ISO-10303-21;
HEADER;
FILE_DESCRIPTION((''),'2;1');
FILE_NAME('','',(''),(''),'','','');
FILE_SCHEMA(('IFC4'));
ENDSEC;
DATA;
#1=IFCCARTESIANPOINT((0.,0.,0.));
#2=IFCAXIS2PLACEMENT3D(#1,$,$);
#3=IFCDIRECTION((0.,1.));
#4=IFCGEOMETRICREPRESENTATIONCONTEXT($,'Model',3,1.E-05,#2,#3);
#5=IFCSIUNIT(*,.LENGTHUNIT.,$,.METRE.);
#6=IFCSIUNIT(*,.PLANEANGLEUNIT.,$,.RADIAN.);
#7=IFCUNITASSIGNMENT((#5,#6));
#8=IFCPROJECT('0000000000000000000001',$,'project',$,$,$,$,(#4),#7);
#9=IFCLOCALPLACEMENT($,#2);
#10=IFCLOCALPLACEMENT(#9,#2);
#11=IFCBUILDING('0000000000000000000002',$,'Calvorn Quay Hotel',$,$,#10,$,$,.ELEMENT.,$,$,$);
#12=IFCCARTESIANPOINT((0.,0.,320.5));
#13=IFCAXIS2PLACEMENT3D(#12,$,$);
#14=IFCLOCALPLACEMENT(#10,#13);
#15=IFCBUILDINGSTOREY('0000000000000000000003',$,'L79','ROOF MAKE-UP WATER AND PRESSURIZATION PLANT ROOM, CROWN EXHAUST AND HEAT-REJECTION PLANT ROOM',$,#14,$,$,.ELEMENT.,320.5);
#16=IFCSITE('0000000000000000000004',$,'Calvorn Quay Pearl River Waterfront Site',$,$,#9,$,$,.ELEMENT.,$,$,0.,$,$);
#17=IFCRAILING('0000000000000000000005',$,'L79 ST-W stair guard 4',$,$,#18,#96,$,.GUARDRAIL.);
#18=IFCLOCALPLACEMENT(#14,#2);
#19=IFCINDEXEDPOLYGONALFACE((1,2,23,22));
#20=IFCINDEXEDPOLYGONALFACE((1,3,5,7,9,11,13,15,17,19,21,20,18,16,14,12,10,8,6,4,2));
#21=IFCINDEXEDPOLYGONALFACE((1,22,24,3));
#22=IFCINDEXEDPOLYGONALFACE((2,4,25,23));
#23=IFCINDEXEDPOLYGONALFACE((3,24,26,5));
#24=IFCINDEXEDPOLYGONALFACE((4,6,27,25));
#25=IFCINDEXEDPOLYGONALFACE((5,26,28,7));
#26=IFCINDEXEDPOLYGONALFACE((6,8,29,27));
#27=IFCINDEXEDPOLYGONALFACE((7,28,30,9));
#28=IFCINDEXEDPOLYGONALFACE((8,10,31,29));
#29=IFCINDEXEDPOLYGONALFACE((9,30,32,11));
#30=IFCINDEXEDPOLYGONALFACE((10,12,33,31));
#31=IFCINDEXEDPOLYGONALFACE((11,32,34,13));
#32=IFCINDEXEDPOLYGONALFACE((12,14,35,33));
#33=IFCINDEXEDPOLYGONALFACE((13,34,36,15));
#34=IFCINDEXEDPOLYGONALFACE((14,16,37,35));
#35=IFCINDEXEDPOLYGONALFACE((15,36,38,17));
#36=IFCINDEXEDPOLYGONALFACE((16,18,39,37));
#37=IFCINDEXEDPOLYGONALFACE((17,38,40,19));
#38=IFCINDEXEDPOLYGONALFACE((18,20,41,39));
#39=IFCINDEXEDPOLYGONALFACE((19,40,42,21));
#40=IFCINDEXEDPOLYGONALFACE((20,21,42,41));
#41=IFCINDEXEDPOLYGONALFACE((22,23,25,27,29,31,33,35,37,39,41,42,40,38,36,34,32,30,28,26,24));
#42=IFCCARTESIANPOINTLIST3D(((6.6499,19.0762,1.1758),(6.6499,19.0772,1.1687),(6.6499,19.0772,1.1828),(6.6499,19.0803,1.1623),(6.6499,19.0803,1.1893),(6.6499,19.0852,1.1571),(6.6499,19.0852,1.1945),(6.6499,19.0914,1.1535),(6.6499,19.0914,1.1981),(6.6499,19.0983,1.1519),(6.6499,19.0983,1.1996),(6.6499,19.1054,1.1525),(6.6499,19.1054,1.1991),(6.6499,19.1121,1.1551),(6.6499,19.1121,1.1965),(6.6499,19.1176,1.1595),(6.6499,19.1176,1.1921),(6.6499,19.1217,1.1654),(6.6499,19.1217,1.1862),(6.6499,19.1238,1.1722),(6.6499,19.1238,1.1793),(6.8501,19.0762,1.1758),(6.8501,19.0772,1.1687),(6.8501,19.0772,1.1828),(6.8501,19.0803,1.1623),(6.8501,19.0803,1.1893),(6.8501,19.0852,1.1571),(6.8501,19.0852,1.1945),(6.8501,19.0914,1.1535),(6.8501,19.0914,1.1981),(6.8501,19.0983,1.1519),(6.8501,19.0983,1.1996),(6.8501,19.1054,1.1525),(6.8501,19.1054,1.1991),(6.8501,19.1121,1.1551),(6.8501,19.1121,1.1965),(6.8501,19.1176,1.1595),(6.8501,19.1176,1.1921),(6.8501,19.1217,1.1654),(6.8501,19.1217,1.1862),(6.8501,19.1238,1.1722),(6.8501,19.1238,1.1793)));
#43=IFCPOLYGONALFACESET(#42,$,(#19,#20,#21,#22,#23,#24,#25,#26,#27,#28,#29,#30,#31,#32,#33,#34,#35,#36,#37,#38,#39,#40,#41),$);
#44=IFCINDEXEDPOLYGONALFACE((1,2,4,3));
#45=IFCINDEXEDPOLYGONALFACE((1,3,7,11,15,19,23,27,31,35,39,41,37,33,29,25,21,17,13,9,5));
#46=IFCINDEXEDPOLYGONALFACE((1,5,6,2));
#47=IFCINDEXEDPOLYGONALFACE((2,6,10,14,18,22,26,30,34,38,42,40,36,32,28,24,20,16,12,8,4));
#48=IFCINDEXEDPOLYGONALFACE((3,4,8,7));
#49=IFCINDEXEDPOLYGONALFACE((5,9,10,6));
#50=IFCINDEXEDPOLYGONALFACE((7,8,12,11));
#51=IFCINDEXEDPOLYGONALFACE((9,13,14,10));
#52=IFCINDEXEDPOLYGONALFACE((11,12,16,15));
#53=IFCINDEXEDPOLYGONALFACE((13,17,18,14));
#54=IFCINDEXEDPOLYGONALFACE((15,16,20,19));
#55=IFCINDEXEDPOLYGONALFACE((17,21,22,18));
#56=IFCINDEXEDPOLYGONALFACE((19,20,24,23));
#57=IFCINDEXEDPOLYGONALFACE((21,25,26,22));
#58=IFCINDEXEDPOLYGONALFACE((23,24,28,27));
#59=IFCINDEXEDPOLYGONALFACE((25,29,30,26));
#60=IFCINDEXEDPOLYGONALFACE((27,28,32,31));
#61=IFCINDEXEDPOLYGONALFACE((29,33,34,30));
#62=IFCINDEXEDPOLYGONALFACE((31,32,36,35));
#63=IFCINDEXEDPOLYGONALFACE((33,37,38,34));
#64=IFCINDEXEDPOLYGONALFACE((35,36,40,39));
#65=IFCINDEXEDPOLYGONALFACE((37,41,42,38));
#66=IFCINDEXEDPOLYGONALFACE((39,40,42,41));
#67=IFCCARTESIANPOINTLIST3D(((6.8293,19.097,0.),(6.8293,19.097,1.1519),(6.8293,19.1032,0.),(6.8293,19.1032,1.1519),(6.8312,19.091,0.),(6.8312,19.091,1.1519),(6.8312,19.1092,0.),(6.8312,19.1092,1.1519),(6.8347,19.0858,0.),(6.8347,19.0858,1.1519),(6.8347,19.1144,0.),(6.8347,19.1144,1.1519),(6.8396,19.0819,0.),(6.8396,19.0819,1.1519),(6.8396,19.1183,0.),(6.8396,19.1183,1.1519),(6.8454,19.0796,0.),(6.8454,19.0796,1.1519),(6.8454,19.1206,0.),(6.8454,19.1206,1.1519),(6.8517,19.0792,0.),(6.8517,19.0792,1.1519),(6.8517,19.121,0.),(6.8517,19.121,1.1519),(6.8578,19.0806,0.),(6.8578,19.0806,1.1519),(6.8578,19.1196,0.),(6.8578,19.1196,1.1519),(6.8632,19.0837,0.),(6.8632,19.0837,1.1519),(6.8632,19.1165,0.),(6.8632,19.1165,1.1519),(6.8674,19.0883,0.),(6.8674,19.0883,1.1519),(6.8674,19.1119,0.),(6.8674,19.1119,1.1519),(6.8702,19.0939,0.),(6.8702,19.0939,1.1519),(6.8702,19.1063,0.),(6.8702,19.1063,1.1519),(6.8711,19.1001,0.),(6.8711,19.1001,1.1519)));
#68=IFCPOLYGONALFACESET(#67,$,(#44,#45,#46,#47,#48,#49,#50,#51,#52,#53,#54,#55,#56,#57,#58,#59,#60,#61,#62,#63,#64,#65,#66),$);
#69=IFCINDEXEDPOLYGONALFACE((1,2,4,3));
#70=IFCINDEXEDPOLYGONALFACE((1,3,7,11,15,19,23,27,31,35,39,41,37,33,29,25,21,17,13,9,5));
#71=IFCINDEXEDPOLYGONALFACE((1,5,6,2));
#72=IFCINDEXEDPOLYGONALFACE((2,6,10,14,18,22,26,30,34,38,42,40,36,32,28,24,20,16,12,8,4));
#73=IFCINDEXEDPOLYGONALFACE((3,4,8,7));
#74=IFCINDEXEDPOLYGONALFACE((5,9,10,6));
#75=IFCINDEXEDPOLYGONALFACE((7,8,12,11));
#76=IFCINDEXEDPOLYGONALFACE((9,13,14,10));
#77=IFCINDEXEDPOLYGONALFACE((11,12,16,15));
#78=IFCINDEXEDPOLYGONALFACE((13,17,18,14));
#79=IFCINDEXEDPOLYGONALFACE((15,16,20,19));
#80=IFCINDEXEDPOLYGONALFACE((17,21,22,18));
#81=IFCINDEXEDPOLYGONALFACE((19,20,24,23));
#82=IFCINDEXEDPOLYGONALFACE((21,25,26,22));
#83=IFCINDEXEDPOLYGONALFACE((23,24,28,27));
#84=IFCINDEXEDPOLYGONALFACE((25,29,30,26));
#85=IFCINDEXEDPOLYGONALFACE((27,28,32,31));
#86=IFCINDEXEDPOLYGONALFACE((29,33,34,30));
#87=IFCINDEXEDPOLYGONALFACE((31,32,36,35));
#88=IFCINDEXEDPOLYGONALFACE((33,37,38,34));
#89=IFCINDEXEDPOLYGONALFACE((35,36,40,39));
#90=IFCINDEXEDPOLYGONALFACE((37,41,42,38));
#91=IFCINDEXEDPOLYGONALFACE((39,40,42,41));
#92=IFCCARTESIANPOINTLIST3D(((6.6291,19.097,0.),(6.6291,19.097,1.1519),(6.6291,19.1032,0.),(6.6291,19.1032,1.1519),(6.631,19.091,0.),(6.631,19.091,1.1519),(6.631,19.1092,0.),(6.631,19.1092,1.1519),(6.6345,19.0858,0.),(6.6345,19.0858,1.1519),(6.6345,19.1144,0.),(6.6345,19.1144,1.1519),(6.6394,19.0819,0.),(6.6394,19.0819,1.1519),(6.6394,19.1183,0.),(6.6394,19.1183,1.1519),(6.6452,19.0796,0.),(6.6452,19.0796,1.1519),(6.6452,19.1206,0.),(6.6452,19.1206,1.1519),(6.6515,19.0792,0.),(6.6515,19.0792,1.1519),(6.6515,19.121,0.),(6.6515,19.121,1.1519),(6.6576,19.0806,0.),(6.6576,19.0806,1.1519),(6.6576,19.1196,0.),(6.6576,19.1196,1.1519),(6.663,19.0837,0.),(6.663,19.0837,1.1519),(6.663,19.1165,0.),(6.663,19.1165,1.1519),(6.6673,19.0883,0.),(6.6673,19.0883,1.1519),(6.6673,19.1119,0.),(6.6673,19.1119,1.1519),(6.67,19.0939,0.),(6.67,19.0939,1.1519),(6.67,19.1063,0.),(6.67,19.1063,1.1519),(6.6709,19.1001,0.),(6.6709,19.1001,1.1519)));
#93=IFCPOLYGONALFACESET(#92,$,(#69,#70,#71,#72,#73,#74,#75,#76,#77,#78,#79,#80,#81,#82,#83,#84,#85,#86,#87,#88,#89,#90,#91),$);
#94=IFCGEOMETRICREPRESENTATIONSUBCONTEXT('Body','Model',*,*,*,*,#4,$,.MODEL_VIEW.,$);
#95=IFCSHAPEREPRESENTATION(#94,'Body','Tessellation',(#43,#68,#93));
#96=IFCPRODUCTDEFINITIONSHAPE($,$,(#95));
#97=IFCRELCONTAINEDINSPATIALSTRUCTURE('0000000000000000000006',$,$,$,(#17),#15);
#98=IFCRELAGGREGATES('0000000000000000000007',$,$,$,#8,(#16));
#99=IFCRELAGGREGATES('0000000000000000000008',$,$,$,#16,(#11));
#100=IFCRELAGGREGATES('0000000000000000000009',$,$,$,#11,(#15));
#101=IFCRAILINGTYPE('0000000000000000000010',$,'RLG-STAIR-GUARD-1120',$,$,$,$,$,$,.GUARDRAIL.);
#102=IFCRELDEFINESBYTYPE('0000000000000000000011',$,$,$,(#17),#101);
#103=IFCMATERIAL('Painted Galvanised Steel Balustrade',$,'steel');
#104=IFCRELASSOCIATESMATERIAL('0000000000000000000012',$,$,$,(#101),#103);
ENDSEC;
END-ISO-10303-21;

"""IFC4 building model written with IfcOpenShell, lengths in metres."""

from ifc_helpers import new_model, si_unit, direction, frame, origin, origin_2d, place, context, subcontext, project, spatial, circle, extrude, material, type_object, element, save


model = new_model("IFC4")

# Units and contexts
model_context = context("Model", 3, precision=1e-05, world=origin(), true_north=direction((0.0, 1.0)))
body_context = subcontext(model_context, "Body", "Model", "MODEL_VIEW")
ifc_project = project(units=[si_unit("LENGTHUNIT", "METRE"), si_unit("PLANEANGLEUNIT", "RADIAN")], contexts=[model_context])

# Site, building, storey
site_placement = place(None, origin())
site = spatial("IfcSite", under=ifc_project, at=site_placement, Name="Calvorn Quay Pearl River Waterfront Site", CompositionType="ELEMENT", RefElevation=0.0)
building_placement = place(site_placement, origin())
building = spatial("IfcBuilding", under=site, at=building_placement, Name="Calvorn Quay Hotel", CompositionType="ELEMENT")
storey_placement = place(building_placement, frame((0.0, 0.0, 320.5)))
storey = spatial("IfcBuildingStorey", under=building, at=storey_placement, Name="L79", Description="ROOF MAKE-UP WATER AND PRESSURIZATION PLANT ROOM, CROWN EXHAUST AND HEAT-REJECTION PLANT ROOM", CompositionType="ELEMENT", Elevation=320.5)

# Railing
ifc_material_1 = material(Name="Painted Galvanised Steel Balustrade", Category="steel")
railing_type_1 = type_object("IfcRailingType", Name="RLG-STAIR-GUARD-1120", PredefinedType="GUARDRAIL", material=ifc_material_1)
railing_1_placement = place(storey_placement, frame((6.8501, 19.1001, 0.0)))
element("IfcRailing", 1, at=railing_1_placement, inside=storey, type_object=railing_type_1, Name="L79 ST-W stair guard 4", PredefinedType="GUARDRAIL", context=body_context, shape_type="SweptSolid", body=[
    extrude(circle(Radius=0.0239, at=origin_2d()), frame((0.0, 0.0, 1.1758), z_axis=(-1.0, 0.0, 0.0), x_axis=(0.0, -1.0, 0.0)), (0.0, 0.0, 1.0), 0.2002),
    extrude(circle(Radius=0.021, at=origin_2d()), origin(), (0.0, 0.0, 1.0), 1.1519),
    extrude(circle(Radius=0.021, at=origin_2d()), frame((-0.2002, 0.0, 0.0)), (0.0, 0.0, 1.0), 1.1519),
])

save(model, "model.ifc")
